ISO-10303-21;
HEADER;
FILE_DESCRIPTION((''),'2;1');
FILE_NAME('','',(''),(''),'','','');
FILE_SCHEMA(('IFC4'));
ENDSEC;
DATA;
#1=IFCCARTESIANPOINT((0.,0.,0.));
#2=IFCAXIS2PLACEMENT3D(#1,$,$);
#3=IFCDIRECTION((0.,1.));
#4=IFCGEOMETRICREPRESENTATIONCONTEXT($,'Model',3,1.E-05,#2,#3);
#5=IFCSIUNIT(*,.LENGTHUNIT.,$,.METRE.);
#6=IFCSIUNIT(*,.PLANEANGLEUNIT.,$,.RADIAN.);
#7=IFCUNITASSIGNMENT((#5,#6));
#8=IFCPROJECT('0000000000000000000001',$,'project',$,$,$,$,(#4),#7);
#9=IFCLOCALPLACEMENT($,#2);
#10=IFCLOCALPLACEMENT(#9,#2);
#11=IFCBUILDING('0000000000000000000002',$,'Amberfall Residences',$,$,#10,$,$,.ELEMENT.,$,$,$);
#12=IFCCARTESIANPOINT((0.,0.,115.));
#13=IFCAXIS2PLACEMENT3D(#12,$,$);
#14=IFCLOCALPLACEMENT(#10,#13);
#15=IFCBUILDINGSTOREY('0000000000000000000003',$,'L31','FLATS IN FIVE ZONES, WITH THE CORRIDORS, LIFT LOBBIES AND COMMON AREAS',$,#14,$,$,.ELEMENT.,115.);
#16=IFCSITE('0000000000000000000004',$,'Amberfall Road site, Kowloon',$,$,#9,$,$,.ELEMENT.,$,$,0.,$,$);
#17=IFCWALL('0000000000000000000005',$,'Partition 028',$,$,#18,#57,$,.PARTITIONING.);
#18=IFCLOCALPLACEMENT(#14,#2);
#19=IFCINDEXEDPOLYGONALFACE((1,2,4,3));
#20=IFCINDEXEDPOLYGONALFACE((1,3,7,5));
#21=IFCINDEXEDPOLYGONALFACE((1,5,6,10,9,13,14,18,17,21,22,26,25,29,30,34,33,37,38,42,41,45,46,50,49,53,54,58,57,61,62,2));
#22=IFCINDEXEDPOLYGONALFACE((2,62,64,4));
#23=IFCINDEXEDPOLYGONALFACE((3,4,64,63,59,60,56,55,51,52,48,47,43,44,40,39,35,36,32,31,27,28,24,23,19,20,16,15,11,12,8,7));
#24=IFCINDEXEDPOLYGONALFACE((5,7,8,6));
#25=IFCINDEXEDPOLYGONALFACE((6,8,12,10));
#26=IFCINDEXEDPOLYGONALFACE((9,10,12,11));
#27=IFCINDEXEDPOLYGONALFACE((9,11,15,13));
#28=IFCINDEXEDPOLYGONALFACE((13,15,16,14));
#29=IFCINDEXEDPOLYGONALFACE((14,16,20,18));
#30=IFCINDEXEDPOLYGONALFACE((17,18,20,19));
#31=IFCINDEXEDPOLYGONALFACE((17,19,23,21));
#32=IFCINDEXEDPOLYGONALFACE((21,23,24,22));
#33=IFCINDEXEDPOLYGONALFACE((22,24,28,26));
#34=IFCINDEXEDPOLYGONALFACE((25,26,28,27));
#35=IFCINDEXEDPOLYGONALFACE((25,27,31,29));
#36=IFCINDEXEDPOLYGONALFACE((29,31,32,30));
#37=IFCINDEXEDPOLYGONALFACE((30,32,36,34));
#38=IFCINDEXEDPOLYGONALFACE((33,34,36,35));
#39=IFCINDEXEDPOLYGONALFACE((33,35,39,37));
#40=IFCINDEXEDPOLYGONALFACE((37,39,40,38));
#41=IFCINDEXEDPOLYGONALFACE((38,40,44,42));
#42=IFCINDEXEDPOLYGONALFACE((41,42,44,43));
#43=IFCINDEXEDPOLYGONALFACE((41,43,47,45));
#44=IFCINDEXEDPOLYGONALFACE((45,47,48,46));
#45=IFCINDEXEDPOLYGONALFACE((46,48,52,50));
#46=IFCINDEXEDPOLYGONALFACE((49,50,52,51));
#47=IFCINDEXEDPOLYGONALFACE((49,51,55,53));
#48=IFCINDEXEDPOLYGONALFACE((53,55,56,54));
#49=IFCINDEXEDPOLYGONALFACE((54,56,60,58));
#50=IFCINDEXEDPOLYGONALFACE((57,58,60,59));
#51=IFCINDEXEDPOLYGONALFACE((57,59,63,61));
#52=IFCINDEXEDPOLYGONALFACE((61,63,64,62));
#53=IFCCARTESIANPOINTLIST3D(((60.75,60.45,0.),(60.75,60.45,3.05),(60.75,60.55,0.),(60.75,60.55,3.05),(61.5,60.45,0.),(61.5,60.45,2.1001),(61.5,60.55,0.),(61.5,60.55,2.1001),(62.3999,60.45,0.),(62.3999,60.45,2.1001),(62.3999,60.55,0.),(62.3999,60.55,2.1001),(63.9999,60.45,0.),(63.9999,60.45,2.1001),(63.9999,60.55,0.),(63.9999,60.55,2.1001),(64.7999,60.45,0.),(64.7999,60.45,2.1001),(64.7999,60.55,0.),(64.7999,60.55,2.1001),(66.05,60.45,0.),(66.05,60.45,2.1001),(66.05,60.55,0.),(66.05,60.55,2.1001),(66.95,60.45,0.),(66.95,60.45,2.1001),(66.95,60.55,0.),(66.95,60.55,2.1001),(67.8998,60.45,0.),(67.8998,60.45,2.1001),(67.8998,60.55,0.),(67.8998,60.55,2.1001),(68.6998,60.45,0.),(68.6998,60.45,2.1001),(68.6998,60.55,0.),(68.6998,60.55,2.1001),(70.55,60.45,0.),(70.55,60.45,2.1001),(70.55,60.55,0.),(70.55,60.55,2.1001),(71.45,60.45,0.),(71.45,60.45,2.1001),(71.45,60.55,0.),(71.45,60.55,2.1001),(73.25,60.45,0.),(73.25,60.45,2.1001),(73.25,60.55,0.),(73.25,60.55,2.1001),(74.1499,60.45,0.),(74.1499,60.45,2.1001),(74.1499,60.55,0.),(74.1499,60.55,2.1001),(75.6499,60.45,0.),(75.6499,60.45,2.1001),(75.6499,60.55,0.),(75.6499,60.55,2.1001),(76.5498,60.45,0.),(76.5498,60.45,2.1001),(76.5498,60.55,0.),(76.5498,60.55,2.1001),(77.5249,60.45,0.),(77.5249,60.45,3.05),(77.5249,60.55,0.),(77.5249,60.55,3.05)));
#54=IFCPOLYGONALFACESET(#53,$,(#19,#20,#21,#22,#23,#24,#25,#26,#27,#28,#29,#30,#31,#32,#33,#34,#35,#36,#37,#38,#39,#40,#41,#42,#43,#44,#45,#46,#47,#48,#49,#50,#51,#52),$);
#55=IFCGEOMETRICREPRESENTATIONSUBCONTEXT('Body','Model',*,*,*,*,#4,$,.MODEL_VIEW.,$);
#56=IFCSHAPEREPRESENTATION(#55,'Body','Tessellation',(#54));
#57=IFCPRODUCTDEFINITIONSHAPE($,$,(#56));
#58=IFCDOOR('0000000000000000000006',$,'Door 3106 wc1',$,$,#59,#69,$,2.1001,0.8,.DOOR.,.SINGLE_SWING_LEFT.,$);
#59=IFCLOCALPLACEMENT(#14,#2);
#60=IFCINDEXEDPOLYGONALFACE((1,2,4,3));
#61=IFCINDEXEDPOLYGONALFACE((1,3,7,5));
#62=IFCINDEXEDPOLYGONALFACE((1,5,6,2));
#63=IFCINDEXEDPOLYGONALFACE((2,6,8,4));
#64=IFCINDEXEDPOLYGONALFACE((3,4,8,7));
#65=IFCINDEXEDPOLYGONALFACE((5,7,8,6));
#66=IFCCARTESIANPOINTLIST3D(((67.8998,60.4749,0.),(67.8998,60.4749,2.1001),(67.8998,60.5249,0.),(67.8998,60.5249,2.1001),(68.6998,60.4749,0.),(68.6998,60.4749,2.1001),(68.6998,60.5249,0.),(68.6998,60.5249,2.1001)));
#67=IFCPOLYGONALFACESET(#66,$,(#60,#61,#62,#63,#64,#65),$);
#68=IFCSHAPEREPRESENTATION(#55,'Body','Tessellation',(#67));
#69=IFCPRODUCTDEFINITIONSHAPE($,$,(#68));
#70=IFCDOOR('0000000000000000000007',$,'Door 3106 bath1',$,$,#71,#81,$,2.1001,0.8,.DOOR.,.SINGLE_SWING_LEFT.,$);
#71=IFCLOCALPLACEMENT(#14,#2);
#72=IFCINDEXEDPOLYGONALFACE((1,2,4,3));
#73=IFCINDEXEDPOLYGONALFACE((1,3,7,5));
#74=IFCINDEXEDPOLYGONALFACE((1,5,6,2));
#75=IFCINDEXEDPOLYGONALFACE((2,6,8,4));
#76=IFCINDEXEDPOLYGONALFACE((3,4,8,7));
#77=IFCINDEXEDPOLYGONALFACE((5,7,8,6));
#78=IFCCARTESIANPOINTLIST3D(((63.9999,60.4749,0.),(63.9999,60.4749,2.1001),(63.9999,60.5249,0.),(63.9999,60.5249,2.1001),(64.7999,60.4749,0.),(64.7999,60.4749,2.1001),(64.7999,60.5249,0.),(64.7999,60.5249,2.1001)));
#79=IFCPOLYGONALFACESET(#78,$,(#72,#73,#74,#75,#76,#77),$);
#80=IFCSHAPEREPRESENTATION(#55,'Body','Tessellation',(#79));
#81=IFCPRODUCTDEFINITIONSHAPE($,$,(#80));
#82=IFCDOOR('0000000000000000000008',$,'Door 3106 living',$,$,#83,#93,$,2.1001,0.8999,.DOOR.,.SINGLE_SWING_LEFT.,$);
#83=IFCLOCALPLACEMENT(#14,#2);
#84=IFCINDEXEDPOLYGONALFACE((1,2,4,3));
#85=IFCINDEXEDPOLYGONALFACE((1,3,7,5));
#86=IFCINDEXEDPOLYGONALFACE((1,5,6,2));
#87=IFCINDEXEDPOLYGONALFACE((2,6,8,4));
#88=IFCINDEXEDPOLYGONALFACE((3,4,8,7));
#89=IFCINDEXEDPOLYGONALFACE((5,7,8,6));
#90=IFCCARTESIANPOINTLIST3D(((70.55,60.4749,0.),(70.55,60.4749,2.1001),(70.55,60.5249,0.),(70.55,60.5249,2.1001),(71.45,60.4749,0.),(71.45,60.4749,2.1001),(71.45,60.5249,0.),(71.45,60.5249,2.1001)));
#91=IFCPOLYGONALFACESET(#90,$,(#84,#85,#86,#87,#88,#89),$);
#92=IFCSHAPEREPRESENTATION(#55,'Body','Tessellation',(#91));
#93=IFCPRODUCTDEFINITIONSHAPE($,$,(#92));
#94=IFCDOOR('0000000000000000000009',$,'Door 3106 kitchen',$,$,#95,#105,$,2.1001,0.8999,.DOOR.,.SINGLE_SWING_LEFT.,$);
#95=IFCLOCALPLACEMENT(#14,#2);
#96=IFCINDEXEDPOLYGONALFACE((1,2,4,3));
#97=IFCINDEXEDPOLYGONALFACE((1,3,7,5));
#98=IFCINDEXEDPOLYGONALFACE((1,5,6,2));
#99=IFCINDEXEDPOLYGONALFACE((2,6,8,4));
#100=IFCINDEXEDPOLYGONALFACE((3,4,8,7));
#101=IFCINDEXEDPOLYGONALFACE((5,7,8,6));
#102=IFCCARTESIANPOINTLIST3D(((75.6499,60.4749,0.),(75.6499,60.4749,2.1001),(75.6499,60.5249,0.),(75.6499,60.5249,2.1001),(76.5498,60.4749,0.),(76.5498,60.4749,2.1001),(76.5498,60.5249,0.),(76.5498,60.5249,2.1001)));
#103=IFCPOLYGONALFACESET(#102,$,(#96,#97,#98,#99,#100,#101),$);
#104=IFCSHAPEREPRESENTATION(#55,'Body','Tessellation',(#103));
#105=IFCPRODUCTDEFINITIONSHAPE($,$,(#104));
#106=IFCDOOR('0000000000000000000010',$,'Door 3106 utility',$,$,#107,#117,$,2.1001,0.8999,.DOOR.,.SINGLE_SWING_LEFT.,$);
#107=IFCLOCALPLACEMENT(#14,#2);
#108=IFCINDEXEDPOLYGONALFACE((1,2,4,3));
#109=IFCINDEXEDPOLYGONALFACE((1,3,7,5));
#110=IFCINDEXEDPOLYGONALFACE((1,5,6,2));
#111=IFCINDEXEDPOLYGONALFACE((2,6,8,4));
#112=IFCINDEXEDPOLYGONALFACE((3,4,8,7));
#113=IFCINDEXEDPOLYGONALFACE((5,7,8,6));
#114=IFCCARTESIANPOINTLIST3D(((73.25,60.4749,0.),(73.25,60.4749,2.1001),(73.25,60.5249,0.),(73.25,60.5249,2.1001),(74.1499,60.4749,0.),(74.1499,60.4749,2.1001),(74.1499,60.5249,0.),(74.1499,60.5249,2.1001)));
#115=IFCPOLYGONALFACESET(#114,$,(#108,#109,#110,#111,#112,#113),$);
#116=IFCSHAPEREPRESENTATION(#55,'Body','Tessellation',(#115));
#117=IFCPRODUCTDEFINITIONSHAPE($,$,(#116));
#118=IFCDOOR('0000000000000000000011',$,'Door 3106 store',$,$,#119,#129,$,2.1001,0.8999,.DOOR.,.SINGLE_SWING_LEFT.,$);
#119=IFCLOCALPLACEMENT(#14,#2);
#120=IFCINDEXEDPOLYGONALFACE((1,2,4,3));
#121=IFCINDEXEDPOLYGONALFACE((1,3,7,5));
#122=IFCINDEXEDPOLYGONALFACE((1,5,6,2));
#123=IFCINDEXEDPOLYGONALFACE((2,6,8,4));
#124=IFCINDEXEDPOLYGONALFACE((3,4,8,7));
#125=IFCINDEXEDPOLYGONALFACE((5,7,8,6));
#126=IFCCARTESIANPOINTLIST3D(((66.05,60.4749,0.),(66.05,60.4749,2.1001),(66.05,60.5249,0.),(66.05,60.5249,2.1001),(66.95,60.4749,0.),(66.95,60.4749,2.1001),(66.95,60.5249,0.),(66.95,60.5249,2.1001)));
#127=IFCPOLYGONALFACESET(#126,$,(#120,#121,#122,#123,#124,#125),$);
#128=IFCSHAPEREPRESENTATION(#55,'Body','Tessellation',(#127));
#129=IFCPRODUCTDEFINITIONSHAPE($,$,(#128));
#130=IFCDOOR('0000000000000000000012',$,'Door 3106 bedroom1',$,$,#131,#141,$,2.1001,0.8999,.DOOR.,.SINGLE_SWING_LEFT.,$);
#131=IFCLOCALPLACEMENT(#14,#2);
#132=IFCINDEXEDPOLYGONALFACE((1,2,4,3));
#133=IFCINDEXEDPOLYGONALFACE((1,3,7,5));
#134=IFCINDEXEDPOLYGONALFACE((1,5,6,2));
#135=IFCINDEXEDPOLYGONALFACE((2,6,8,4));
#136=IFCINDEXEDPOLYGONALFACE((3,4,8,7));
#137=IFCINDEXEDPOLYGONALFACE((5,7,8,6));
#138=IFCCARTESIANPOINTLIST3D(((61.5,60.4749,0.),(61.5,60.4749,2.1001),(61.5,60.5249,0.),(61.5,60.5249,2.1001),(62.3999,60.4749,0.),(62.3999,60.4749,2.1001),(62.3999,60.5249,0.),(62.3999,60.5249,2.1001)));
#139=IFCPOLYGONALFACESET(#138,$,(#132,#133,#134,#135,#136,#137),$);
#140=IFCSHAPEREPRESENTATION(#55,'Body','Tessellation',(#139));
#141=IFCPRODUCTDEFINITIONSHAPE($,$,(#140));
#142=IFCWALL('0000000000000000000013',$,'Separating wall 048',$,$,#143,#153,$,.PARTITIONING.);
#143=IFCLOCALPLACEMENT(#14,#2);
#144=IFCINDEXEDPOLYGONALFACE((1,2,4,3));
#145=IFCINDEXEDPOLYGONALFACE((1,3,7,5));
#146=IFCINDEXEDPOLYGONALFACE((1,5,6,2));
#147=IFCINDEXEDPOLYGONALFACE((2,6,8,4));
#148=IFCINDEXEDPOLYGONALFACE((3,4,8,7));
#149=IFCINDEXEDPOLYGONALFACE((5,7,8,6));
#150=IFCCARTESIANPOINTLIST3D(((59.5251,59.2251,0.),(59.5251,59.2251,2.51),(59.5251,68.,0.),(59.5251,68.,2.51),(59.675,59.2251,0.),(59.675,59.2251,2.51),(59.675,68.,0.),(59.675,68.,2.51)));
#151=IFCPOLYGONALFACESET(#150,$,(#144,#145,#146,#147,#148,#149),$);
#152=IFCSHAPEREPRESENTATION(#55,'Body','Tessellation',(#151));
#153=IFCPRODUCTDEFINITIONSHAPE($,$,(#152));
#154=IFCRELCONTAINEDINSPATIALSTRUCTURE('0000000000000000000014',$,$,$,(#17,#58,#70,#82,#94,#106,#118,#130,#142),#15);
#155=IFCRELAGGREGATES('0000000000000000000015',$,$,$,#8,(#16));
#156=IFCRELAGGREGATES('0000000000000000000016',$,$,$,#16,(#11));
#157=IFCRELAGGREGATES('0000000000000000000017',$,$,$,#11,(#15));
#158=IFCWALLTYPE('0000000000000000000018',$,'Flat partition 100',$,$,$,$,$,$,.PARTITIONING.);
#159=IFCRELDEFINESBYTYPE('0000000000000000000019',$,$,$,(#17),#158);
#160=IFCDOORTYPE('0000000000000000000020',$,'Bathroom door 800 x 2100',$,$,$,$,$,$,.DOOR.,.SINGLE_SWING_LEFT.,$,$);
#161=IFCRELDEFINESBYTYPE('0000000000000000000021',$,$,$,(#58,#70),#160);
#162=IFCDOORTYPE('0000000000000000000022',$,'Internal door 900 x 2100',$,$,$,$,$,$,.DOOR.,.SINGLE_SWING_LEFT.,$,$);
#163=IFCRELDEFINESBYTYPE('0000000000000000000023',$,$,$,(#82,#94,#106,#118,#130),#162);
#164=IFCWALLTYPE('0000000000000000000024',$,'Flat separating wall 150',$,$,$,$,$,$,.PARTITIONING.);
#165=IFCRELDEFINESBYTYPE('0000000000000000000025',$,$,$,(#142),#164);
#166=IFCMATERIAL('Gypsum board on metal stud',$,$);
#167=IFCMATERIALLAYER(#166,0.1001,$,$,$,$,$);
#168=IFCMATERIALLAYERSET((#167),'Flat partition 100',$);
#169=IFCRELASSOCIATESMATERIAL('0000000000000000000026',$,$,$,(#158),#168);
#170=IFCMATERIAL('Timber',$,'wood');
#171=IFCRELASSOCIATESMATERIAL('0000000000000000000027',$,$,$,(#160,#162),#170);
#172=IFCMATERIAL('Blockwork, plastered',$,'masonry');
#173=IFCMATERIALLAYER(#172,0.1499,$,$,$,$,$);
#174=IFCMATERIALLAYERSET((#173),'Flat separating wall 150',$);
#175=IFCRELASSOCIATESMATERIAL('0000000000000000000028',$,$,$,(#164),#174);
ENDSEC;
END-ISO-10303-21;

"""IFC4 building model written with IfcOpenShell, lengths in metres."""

from ifc_helpers import new_model, si_unit, direction, frame, frame_2d, origin, place, context, subcontext, project, spatial, rectangle, extrude, material, layer, layer_set, type_object, element, fill, save


model = new_model("IFC4")

# Units and contexts
model_context = context("Model", 3, precision=1e-05, world=origin(), true_north=direction((0.0, 1.0)))
body_context = subcontext(model_context, "Body", "Model", "MODEL_VIEW")
ifc_project = project(units=[si_unit("LENGTHUNIT", "METRE"), si_unit("PLANEANGLEUNIT", "RADIAN")], contexts=[model_context])

# Site, building, storey
site_placement = place(None, origin())
site = spatial("IfcSite", under=ifc_project, at=site_placement, Name="Amberfall Road site, Kowloon", CompositionType="ELEMENT", RefElevation=0.0)
building_placement = place(site_placement, origin())
building = spatial("IfcBuilding", under=site, at=building_placement, Name="Amberfall Residences", CompositionType="ELEMENT")
storey_placement = place(building_placement, frame((0.0, 0.0, 115.0)))
storey = spatial("IfcBuildingStorey", under=building, at=storey_placement, Name="L31", Description="FLATS IN FIVE ZONES, WITH THE CORRIDORS, LIFT LOBBIES AND COMMON AREAS", CompositionType="ELEMENT", Elevation=115.0)

# Shared definitions
ifc_material_1 = material(Name="Gypsum board on metal stud")
ifc_layer_1 = layer(ifc_material_1, 0.1001)
ifc_layer_set_1 = layer_set([ifc_layer_1], Name="Flat partition 100")
wall_type_1 = type_object("IfcWallType", Name="Flat partition 100", PredefinedType="PARTITIONING", material=ifc_layer_set_1)

# Wall, openings, doors
wall_1_placement = place(storey_placement, frame((60.75, 60.5, 0.0), z_axis=(0.0, 0.0, 1.0), x_axis=(1.0, 0.0, 0.0)))
wall_1 = element("IfcWall", 1, at=wall_1_placement, inside=storey, type_object=wall_type_1, Name="Partition 028", PredefinedType="PARTITIONING", context=body_context, shape_type="SweptSolid", body=[
    extrude(rectangle(XDim=16.7749, YDim=0.1001, at=frame_2d((8.3875, 0.0))), origin(), (0.0, 0.0, 1.0), 3.05),
])
opening_1_placement = place(wall_1_placement, frame((9.8, 0.0, 0.0)))
opening_1 = element("IfcOpeningElement", 2, at=opening_1_placement, cuts=wall_1, PredefinedType="OPENING", context=body_context, shape_type="SweptSolid", body=[
    extrude(rectangle(XDim=0.8999, YDim=2.1001, at=frame_2d((0.45, 1.05))), frame((0.0, 0.0601, 0.0), z_axis=(0.0, -1.0, 0.0), x_axis=(1.0, 0.0, 0.0)), (0.0, 0.0, 1.0), 0.1201),
])
opening_2_placement = place(wall_1_placement, frame((14.8999, 0.0, 0.0)))
opening_2 = element("IfcOpeningElement", 3, at=opening_2_placement, cuts=wall_1, PredefinedType="OPENING", context=body_context, shape_type="SweptSolid", body=[
    extrude(rectangle(XDim=0.8999, YDim=2.1001, at=frame_2d((0.45, 1.05))), frame((0.0, 0.0601, 0.0), z_axis=(0.0, -1.0, 0.0), x_axis=(1.0, 0.0, 0.0)), (0.0, 0.0, 1.0), 0.1201),
])
opening_3_placement = place(wall_1_placement, frame((12.5, 0.0, 0.0)))
opening_3 = element("IfcOpeningElement", 4, at=opening_3_placement, cuts=wall_1, PredefinedType="OPENING", context=body_context, shape_type="SweptSolid", body=[
    extrude(rectangle(XDim=0.8999, YDim=2.1001, at=frame_2d((0.45, 1.05))), frame((0.0, 0.0601, 0.0), z_axis=(0.0, -1.0, 0.0), x_axis=(1.0, 0.0, 0.0)), (0.0, 0.0, 1.0), 0.1201),
])
opening_4_placement = place(wall_1_placement, frame((5.3, 0.0, 0.0)))
opening_4 = element("IfcOpeningElement", 5, at=opening_4_placement, cuts=wall_1, PredefinedType="OPENING", context=body_context, shape_type="SweptSolid", body=[
    extrude(rectangle(XDim=0.8999, YDim=2.1001, at=frame_2d((0.45, 1.05))), frame((0.0, 0.0601, 0.0), z_axis=(0.0, -1.0, 0.0), x_axis=(1.0, 0.0, 0.0)), (0.0, 0.0, 1.0), 0.1201),
])
opening_5_placement = place(wall_1_placement, frame((7.1499, 0.0, 0.0)))
opening_5 = element("IfcOpeningElement", 6, at=opening_5_placement, cuts=wall_1, PredefinedType="OPENING", context=body_context, shape_type="SweptSolid", body=[
    extrude(rectangle(XDim=0.8, YDim=2.1001, at=frame_2d((0.3999, 1.05))), frame((0.0, 0.0601, 0.0), z_axis=(0.0, -1.0, 0.0), x_axis=(1.0, 0.0, 0.0)), (0.0, 0.0, 1.0), 0.1201),
])
opening_6_placement = place(wall_1_placement, frame((0.75, 0.0, 0.0)))
opening_6 = element("IfcOpeningElement", 7, at=opening_6_placement, cuts=wall_1, PredefinedType="OPENING", context=body_context, shape_type="SweptSolid", body=[
    extrude(rectangle(XDim=0.8999, YDim=2.1001, at=frame_2d((0.45, 1.05))), frame((0.0, 0.0601, 0.0), z_axis=(0.0, -1.0, 0.0), x_axis=(1.0, 0.0, 0.0)), (0.0, 0.0, 1.0), 0.1201),
])
opening_7_placement = place(wall_1_placement, frame((3.25, 0.0, 0.0)))
opening_7 = element("IfcOpeningElement", 8, at=opening_7_placement, cuts=wall_1, PredefinedType="OPENING", context=body_context, shape_type="SweptSolid", body=[
    extrude(rectangle(XDim=0.8, YDim=2.1001, at=frame_2d((0.3999, 1.05))), frame((0.0, 0.0601, 0.0), z_axis=(0.0, -1.0, 0.0), x_axis=(1.0, 0.0, 0.0)), (0.0, 0.0, 1.0), 0.1201),
])
ifc_material_2 = material(Name="Timber", Category="wood")
door_type_1 = type_object("IfcDoorType", Name="Bathroom door 800 x 2100", OperationType="SINGLE_SWING_LEFT", PredefinedType="DOOR", material=ifc_material_2)
door_1_placement = place(opening_5_placement, origin())
door_1 = element("IfcDoor", 9, at=door_1_placement, inside=storey, type_object=door_type_1, Name="Door 3106 wc1", OperationType="SINGLE_SWING_LEFT", OverallHeight=2.1001, OverallWidth=0.8, PredefinedType="DOOR", context=body_context, shape_type="SweptSolid", body=[
    extrude(rectangle(XDim=0.8, YDim=2.1001, at=frame_2d((0.3999, 1.05))), frame((0.0, 0.0249, 0.0), z_axis=(0.0, -1.0, 0.0), x_axis=(1.0, 0.0, 0.0)), (0.0, 0.0, 1.0), 0.05),
])
fill(opening_5, door_1)
door_2_placement = place(opening_7_placement, origin())
door_2 = element("IfcDoor", 10, at=door_2_placement, inside=storey, type_object=door_type_1, Name="Door 3106 bath1", OperationType="SINGLE_SWING_LEFT", OverallHeight=2.1001, OverallWidth=0.8, PredefinedType="DOOR", context=body_context, shape_type="SweptSolid", body=[
    extrude(rectangle(XDim=0.8, YDim=2.1001, at=frame_2d((0.3999, 1.05))), frame((0.0, 0.0249, 0.0), z_axis=(0.0, -1.0, 0.0), x_axis=(1.0, 0.0, 0.0)), (0.0, 0.0, 1.0), 0.05),
])
fill(opening_7, door_2)
door_type_2 = type_object("IfcDoorType", Name="Internal door 900 x 2100", OperationType="SINGLE_SWING_LEFT", PredefinedType="DOOR", material=ifc_material_2)
door_3_placement = place(opening_1_placement, origin())
door_3 = element("IfcDoor", 11, at=door_3_placement, inside=storey, type_object=door_type_2, Name="Door 3106 living", OperationType="SINGLE_SWING_LEFT", OverallHeight=2.1001, OverallWidth=0.8999, PredefinedType="DOOR", context=body_context, shape_type="SweptSolid", body=[
    extrude(rectangle(XDim=0.8999, YDim=2.1001, at=frame_2d((0.45, 1.05))), frame((0.0, 0.0249, 0.0), z_axis=(0.0, -1.0, 0.0), x_axis=(1.0, 0.0, 0.0)), (0.0, 0.0, 1.0), 0.05),
])
fill(opening_1, door_3)
door_4_placement = place(opening_2_placement, origin())
door_4 = element("IfcDoor", 12, at=door_4_placement, inside=storey, type_object=door_type_2, Name="Door 3106 kitchen", OperationType="SINGLE_SWING_LEFT", OverallHeight=2.1001, OverallWidth=0.8999, PredefinedType="DOOR", context=body_context, shape_type="SweptSolid", body=[
    extrude(rectangle(XDim=0.8999, YDim=2.1001, at=frame_2d((0.45, 1.05))), frame((0.0, 0.0249, 0.0), z_axis=(0.0, -1.0, 0.0), x_axis=(1.0, 0.0, 0.0)), (0.0, 0.0, 1.0), 0.05),
])
fill(opening_2, door_4)
door_5_placement = place(opening_3_placement, origin())
door_5 = element("IfcDoor", 13, at=door_5_placement, inside=storey, type_object=door_type_2, Name="Door 3106 utility", OperationType="SINGLE_SWING_LEFT", OverallHeight=2.1001, OverallWidth=0.8999, PredefinedType="DOOR", context=body_context, shape_type="SweptSolid", body=[
    extrude(rectangle(XDim=0.8999, YDim=2.1001, at=frame_2d((0.45, 1.05))), frame((0.0, 0.0249, 0.0), z_axis=(0.0, -1.0, 0.0), x_axis=(1.0, 0.0, 0.0)), (0.0, 0.0, 1.0), 0.05),
])
fill(opening_3, door_5)
door_6_placement = place(opening_4_placement, origin())
door_6 = element("IfcDoor", 14, at=door_6_placement, inside=storey, type_object=door_type_2, Name="Door 3106 store", OperationType="SINGLE_SWING_LEFT", OverallHeight=2.1001, OverallWidth=0.8999, PredefinedType="DOOR", context=body_context, shape_type="SweptSolid", body=[
    extrude(rectangle(XDim=0.8999, YDim=2.1001, at=frame_2d((0.45, 1.05))), frame((0.0, 0.0249, 0.0), z_axis=(0.0, -1.0, 0.0), x_axis=(1.0, 0.0, 0.0)), (0.0, 0.0, 1.0), 0.05),
])
fill(opening_4, door_6)
door_7_placement = place(opening_6_placement, origin())
door_7 = element("IfcDoor", 15, at=door_7_placement, inside=storey, type_object=door_type_2, Name="Door 3106 bedroom1", OperationType="SINGLE_SWING_LEFT", OverallHeight=2.1001, OverallWidth=0.8999, PredefinedType="DOOR", context=body_context, shape_type="SweptSolid", body=[
    extrude(rectangle(XDim=0.8999, YDim=2.1001, at=frame_2d((0.45, 1.05))), frame((0.0, 0.0249, 0.0), z_axis=(0.0, -1.0, 0.0), x_axis=(1.0, 0.0, 0.0)), (0.0, 0.0, 1.0), 0.05),
])
fill(opening_6, door_7)

# Wall
ifc_material_3 = material(Name="Blockwork, plastered", Category="masonry")
ifc_layer_2 = layer(ifc_material_3, 0.1499)
ifc_layer_set_2 = layer_set([ifc_layer_2], Name="Flat separating wall 150")
wall_type_2 = type_object("IfcWallType", Name="Flat separating wall 150", PredefinedType="PARTITIONING", material=ifc_layer_set_2)
wall_2_placement = place(storey_placement, frame((59.6001, 59.2251, 0.0), z_axis=(0.0, 0.0, 1.0), x_axis=(0.0, 1.0, 0.0)))
element("IfcWall", 16, at=wall_2_placement, inside=storey, type_object=wall_type_2, Name="Separating wall 048", PredefinedType="PARTITIONING", context=body_context, shape_type="SweptSolid", body=[
    extrude(rectangle(XDim=8.7749, YDim=0.1499, at=frame_2d((4.3875, 0.0))), origin(), (0.0, 0.0, 1.0), 2.51),
])

save(model, "model.ifc")
